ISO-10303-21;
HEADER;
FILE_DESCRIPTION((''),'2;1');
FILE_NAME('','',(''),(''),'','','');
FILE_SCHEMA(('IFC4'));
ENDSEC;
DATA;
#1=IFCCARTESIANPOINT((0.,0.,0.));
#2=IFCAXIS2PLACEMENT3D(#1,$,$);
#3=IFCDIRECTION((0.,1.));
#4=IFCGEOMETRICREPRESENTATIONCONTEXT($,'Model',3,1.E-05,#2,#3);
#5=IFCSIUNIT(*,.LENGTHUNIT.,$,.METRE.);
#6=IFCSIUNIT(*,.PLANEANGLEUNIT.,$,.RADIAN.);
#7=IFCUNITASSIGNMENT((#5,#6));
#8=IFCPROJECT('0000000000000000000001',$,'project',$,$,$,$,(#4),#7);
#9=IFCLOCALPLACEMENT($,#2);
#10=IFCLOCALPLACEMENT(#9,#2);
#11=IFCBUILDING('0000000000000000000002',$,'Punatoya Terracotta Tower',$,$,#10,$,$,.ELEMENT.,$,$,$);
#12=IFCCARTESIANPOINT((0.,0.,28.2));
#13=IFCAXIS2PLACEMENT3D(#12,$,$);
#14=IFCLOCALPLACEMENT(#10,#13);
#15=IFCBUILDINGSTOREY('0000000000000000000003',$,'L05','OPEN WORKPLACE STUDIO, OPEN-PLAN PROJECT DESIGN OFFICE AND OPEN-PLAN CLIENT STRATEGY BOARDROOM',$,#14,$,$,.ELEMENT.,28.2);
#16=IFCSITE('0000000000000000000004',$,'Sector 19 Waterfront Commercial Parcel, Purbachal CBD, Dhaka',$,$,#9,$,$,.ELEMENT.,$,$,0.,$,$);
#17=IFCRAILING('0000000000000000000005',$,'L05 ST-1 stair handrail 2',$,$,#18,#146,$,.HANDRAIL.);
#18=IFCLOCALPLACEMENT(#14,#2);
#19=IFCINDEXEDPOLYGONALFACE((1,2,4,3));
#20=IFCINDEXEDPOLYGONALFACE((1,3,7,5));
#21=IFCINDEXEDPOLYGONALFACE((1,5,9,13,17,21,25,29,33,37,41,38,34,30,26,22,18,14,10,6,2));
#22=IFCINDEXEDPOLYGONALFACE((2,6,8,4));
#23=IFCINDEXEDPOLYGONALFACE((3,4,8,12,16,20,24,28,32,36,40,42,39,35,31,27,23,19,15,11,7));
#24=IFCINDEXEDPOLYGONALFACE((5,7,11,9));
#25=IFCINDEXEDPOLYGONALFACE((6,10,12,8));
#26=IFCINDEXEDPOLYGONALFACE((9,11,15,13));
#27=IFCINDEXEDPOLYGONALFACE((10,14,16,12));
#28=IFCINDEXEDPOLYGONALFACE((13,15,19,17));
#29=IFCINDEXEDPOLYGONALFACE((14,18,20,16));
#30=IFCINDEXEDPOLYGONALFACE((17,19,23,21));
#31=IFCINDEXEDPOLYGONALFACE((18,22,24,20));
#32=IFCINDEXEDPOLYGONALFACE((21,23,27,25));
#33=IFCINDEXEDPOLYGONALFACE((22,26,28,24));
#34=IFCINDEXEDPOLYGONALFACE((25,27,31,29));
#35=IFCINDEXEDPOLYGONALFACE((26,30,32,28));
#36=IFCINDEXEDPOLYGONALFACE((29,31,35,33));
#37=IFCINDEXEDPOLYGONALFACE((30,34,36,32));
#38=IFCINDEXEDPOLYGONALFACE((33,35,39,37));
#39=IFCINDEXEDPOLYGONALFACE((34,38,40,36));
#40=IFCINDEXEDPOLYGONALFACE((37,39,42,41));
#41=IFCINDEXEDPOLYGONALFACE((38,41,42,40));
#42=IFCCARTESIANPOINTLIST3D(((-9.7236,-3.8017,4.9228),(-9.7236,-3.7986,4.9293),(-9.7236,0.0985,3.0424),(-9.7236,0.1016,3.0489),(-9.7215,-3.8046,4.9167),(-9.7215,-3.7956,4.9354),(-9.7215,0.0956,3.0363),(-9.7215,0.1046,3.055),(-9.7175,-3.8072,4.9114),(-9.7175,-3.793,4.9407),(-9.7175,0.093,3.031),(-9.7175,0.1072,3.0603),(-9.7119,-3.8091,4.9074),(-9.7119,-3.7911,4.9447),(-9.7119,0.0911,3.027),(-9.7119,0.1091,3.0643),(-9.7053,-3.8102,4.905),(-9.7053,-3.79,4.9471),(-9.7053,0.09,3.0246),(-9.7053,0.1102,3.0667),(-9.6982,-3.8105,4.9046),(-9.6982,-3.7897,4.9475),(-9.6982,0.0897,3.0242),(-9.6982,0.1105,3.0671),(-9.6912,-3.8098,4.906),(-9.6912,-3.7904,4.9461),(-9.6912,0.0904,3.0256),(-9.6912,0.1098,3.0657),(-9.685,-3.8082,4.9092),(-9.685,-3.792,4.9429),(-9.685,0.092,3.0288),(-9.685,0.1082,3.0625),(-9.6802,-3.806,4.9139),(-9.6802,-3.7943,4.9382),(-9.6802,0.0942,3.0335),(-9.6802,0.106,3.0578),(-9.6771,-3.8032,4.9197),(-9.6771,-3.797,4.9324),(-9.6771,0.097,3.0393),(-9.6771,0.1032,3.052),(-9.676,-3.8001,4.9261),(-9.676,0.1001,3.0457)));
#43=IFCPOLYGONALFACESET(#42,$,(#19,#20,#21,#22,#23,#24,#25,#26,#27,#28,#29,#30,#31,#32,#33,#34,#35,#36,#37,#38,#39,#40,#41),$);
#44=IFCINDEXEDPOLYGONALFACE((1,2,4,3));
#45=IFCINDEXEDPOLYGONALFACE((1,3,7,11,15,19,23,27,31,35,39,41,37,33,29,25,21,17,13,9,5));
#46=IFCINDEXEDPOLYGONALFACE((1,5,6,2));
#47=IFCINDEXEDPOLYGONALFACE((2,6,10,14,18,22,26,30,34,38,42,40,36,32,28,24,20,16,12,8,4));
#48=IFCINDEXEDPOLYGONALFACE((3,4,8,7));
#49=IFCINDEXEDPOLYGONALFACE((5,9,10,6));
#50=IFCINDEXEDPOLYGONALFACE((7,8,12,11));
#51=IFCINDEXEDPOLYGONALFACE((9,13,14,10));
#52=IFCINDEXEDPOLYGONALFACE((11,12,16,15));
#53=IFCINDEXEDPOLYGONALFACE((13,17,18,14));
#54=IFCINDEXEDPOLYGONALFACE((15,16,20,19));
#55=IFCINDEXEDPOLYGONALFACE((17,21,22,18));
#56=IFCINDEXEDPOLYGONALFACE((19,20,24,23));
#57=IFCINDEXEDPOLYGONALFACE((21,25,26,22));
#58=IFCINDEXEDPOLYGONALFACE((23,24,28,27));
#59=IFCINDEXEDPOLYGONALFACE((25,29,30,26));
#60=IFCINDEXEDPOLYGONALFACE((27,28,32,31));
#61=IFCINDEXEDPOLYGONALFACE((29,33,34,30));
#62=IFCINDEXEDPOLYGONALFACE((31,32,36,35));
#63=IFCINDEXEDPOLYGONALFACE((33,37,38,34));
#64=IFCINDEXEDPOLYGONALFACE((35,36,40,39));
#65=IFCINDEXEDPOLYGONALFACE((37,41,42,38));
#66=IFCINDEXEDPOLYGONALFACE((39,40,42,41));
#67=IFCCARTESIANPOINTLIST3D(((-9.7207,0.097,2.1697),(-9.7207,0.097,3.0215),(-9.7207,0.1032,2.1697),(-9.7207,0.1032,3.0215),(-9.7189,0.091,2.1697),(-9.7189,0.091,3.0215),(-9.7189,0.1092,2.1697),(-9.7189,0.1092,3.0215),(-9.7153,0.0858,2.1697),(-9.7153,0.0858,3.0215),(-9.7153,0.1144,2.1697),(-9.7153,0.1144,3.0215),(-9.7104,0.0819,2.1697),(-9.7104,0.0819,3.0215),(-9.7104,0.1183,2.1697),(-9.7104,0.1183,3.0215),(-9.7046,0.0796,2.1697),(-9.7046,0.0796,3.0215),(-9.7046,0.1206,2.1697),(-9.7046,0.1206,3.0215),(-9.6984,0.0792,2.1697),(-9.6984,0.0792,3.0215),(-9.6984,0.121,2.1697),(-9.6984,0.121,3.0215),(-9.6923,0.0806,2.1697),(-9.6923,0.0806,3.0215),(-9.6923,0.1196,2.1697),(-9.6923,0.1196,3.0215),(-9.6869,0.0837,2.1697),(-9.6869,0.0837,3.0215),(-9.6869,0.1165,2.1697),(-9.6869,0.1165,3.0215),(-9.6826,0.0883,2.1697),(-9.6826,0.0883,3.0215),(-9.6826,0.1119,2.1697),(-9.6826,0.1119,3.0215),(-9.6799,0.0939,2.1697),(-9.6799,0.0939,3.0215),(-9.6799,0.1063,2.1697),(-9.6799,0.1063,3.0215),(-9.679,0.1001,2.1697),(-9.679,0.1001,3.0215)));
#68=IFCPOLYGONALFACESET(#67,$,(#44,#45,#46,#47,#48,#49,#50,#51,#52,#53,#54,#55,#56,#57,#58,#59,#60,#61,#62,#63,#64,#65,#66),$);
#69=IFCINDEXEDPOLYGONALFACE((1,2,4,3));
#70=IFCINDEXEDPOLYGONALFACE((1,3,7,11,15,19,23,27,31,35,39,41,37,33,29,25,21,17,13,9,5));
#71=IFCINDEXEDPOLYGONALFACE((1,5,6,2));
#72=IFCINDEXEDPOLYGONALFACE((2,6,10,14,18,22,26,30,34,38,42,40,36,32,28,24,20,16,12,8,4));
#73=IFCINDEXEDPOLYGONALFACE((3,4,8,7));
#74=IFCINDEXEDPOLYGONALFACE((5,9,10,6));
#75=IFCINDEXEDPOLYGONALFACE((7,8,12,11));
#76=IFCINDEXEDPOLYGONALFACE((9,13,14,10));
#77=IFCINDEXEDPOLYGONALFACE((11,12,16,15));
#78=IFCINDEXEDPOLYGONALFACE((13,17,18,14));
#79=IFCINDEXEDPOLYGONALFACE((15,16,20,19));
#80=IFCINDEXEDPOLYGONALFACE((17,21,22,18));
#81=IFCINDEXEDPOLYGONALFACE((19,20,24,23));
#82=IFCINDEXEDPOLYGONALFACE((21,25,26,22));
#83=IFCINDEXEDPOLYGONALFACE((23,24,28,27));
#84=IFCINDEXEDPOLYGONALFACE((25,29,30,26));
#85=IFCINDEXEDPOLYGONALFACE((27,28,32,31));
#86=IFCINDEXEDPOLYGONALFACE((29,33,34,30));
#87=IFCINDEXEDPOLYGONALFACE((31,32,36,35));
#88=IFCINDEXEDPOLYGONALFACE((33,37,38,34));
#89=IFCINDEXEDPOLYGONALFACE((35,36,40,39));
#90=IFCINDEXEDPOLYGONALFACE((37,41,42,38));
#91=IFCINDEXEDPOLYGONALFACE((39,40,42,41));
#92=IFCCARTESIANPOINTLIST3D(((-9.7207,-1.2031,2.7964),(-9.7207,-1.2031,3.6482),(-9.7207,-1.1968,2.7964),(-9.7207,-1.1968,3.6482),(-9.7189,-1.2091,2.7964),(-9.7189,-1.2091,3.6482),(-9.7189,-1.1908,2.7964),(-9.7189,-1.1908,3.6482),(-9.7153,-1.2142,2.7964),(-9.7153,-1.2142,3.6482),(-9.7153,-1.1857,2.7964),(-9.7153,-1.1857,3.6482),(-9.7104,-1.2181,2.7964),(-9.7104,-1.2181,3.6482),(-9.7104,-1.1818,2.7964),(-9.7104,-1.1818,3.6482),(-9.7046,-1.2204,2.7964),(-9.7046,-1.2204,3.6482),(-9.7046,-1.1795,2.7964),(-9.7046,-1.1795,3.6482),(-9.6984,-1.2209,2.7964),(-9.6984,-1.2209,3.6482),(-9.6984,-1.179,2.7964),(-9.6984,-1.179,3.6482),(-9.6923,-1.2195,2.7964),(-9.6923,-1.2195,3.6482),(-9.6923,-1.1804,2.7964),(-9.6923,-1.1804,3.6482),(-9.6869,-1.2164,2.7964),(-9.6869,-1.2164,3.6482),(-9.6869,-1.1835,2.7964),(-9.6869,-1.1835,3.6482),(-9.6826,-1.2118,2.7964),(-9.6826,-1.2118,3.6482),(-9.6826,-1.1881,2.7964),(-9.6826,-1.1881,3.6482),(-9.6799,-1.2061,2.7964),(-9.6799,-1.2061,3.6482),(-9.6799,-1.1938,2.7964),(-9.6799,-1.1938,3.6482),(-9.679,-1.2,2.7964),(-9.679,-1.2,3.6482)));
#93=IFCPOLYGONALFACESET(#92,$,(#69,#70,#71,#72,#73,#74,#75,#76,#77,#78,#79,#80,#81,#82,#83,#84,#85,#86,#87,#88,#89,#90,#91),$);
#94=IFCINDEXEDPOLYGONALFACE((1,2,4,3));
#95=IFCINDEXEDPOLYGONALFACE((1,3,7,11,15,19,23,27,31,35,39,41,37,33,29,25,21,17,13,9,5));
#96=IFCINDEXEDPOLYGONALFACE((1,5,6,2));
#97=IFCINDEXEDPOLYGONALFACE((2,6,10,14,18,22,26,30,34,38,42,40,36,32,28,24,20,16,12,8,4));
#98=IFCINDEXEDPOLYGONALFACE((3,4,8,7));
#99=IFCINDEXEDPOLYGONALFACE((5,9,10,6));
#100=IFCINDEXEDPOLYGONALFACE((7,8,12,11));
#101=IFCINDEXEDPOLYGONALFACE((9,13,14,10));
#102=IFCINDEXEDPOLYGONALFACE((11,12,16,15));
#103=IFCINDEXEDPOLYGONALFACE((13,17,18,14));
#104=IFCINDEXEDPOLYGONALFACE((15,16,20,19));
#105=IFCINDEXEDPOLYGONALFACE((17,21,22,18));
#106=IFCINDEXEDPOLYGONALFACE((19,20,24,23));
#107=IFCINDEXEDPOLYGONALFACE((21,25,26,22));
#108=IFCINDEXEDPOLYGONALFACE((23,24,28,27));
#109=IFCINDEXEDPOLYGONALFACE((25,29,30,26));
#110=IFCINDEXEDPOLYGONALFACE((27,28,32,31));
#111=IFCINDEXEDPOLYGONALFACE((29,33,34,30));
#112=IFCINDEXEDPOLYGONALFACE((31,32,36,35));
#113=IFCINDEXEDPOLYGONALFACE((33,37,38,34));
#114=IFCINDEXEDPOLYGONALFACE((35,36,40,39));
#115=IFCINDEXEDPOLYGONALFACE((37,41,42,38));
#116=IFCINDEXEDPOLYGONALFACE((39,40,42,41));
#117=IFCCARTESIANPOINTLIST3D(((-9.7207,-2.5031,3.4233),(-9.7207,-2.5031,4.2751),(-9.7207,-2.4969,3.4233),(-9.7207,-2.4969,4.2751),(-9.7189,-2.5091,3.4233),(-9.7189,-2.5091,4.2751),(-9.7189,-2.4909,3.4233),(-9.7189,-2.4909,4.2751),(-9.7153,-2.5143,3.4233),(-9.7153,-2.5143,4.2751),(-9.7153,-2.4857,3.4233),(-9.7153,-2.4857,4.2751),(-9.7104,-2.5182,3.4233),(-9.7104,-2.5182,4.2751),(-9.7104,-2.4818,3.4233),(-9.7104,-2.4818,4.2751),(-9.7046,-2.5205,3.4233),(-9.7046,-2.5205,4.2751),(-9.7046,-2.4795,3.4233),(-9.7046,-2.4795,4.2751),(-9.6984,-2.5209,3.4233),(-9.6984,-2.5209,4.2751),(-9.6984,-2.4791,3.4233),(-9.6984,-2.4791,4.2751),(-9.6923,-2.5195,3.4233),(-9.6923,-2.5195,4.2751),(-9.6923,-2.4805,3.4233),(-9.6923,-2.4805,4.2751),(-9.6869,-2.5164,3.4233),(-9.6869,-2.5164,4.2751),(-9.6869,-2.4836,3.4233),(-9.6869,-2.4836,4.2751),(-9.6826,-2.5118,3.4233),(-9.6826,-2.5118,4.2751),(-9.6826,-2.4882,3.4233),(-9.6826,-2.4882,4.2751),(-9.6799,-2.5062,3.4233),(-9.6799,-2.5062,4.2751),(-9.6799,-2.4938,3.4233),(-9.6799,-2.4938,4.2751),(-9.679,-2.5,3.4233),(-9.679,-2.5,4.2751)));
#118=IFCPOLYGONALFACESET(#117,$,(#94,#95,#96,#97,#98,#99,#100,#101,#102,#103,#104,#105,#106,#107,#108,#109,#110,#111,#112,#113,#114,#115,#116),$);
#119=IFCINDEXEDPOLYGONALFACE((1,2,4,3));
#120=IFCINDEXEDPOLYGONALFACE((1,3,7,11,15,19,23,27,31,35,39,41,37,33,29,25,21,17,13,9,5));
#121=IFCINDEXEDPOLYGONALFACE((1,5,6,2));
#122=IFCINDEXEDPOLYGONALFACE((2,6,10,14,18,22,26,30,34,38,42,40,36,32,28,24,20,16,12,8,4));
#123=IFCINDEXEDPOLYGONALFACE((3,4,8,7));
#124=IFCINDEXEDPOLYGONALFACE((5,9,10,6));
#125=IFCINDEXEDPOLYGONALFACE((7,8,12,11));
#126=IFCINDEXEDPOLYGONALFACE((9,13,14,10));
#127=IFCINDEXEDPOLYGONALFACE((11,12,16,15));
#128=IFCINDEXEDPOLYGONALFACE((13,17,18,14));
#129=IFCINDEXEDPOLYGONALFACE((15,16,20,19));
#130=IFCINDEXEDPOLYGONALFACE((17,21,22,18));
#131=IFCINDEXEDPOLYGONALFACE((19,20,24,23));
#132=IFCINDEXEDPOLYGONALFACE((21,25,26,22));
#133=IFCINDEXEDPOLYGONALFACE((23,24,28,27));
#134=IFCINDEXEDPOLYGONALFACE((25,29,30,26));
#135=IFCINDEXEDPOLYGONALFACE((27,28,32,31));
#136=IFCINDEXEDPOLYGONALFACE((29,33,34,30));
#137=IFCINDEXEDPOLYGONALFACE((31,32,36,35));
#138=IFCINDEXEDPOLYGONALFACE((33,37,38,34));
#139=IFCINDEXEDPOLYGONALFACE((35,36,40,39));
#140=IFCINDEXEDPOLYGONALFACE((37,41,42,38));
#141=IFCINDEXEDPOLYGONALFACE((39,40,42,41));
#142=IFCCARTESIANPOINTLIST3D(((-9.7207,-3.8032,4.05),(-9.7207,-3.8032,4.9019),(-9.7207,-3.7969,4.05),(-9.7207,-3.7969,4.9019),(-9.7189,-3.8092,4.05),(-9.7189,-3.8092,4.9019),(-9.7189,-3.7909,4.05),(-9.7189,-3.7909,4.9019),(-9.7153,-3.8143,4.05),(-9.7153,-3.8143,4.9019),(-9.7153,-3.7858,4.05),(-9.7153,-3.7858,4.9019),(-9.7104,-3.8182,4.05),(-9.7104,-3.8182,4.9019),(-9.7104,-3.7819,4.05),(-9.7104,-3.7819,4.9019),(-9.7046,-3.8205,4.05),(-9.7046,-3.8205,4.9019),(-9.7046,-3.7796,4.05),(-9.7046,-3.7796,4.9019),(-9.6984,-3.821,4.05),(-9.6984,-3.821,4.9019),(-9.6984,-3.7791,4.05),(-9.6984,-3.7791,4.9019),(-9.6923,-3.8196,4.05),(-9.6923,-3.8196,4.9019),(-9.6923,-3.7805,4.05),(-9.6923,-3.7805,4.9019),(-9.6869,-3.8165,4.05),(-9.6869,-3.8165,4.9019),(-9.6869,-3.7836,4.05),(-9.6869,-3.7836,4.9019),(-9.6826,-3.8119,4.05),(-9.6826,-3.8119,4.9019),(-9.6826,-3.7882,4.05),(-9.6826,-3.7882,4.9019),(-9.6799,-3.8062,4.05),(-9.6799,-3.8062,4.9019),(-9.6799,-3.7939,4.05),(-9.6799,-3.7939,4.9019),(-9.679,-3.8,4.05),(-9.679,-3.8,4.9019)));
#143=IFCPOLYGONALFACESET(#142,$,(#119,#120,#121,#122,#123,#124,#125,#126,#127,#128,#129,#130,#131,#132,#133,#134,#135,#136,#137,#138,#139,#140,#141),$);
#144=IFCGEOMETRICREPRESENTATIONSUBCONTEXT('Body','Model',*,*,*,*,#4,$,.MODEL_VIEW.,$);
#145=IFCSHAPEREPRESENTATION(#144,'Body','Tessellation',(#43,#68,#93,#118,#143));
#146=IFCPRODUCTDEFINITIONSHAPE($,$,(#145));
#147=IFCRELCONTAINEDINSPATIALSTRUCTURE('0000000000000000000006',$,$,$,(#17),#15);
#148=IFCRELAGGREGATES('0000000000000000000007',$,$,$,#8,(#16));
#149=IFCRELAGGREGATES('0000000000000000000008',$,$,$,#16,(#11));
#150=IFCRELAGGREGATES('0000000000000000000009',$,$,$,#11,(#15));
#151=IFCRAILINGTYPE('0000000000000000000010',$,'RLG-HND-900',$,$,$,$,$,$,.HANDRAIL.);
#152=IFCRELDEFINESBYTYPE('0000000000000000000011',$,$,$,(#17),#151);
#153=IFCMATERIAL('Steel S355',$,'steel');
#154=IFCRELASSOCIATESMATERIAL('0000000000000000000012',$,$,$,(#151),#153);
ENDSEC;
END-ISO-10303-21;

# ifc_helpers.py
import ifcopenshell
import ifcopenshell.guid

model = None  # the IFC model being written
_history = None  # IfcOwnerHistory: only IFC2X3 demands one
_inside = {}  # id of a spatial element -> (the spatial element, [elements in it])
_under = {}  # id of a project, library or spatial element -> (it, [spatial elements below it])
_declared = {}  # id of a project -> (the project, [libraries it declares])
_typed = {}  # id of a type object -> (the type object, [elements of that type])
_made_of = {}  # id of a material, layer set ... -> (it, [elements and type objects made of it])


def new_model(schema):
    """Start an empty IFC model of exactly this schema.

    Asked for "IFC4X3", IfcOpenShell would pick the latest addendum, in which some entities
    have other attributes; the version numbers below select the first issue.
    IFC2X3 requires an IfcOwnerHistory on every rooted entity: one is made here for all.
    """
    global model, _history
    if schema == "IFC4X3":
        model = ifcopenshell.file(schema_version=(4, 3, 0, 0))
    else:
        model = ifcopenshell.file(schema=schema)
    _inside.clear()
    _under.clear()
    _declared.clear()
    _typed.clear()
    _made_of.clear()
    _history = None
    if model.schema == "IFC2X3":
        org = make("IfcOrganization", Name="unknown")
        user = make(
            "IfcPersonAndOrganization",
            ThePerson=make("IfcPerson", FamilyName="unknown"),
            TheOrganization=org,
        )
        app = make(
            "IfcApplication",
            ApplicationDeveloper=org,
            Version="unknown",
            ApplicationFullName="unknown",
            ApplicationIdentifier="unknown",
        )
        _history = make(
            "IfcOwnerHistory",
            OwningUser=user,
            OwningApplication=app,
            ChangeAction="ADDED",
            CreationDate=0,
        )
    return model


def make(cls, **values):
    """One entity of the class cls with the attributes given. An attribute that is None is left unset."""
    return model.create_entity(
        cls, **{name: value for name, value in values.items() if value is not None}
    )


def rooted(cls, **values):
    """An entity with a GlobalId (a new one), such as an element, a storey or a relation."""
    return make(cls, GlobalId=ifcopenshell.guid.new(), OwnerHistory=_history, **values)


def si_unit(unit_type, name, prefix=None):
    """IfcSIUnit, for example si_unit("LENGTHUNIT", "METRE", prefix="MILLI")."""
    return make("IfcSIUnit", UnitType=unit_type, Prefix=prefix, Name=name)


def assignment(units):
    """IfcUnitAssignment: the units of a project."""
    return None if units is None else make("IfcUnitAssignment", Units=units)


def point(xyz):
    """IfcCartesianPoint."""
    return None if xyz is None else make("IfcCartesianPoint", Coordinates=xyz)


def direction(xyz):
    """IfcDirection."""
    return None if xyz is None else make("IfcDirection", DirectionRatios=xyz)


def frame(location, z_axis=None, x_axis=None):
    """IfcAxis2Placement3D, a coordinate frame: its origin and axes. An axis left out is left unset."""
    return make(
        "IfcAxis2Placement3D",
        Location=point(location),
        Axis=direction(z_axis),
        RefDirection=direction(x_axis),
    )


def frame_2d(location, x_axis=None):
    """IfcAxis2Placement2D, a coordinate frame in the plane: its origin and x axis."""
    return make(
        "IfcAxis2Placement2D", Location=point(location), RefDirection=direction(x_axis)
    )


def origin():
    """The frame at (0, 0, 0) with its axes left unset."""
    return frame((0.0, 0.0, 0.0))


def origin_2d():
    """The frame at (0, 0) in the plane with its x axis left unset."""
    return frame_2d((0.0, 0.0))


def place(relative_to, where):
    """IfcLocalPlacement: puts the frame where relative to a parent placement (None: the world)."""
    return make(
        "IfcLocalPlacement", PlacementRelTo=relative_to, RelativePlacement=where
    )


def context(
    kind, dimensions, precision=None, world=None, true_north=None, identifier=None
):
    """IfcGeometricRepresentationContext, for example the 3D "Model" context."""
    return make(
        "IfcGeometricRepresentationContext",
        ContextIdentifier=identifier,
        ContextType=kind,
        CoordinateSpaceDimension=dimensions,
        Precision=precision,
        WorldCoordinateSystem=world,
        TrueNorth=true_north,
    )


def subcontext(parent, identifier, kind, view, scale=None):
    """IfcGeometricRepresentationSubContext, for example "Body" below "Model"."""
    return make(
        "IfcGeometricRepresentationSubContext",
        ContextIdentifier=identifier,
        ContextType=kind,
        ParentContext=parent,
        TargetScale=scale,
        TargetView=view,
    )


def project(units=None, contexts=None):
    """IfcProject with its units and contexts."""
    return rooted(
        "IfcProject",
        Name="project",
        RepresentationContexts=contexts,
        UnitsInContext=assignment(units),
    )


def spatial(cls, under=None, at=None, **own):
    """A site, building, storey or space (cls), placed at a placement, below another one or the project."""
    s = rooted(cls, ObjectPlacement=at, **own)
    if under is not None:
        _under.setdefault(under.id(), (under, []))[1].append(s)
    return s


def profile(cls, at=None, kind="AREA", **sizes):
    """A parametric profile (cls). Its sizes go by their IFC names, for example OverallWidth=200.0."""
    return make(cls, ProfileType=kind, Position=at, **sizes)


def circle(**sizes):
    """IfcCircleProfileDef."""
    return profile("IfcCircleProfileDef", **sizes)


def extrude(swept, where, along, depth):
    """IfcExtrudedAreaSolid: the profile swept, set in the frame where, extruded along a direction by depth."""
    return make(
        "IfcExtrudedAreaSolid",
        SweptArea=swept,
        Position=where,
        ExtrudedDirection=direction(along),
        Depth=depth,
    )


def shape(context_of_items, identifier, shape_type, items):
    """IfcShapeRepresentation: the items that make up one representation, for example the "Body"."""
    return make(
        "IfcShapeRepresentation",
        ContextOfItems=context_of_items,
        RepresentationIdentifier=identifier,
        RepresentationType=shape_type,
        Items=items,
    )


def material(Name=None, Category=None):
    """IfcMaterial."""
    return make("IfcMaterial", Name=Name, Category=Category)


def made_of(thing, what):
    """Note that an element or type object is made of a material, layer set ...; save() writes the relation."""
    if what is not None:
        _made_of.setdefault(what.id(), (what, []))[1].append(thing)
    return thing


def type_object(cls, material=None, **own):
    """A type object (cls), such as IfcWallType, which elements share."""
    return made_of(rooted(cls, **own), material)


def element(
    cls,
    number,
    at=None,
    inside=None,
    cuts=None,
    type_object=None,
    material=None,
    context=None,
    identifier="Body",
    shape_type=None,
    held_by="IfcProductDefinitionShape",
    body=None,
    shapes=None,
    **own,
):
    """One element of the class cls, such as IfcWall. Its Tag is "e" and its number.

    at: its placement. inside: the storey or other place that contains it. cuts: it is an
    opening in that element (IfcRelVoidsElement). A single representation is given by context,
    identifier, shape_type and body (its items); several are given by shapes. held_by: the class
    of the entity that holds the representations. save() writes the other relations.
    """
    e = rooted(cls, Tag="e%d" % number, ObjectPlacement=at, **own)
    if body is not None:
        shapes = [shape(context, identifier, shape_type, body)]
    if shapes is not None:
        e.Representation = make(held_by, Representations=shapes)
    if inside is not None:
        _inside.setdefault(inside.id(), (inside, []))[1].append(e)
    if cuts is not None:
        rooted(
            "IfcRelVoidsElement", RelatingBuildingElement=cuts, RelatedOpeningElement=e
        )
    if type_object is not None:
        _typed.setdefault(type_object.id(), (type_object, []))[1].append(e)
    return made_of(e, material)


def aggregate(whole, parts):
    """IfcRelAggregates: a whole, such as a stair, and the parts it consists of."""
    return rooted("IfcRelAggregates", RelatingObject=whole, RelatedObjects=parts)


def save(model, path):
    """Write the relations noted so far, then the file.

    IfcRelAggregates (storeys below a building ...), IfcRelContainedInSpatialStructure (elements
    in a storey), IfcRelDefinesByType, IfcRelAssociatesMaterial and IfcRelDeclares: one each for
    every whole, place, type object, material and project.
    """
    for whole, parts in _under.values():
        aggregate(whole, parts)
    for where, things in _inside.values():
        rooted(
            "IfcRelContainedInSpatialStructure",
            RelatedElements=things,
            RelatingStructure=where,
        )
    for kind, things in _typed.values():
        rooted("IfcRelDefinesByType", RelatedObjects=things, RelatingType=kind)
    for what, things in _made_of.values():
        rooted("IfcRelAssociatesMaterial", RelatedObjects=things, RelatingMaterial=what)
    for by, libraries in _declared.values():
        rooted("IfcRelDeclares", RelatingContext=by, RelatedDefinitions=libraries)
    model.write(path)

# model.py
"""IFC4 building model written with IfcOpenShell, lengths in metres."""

from ifc_helpers import new_model, si_unit, direction, frame, origin, origin_2d, place, context, subcontext, project, spatial, circle, extrude, material, type_object, element, save


model = new_model("IFC4")

# Units and contexts
model_context = context("Model", 3, precision=1e-05, world=origin(), true_north=direction((0.0, 1.0)))
body_context = subcontext(model_context, "Body", "Model", "MODEL_VIEW")
ifc_project = project(units=[si_unit("LENGTHUNIT", "METRE"), si_unit("PLANEANGLEUNIT", "RADIAN")], contexts=[model_context])

# Site, building, storey
site_placement = place(None, origin())
site = spatial("IfcSite", under=ifc_project, at=site_placement, Name="Sector 19 Waterfront Commercial Parcel, Purbachal CBD, Dhaka", CompositionType="ELEMENT", RefElevation=0.0)
building_placement = place(site_placement, origin())
building = spatial("IfcBuilding", under=site, at=building_placement, Name="Punatoya Terracotta Tower", CompositionType="ELEMENT")
storey_placement = place(building_placement, frame((0.0, 0.0, 28.2)))
storey = spatial("IfcBuildingStorey", under=building, at=storey_placement, Name="L05", Description="OPEN WORKPLACE STUDIO, OPEN-PLAN PROJECT DESIGN OFFICE AND OPEN-PLAN CLIENT STRATEGY BOARDROOM", CompositionType="ELEMENT", Elevation=28.2)

# Shared definitions
ifc_material_1 = material(Name="Steel S355", Category="steel")

# Railing
railing_type_1 = type_object("IfcRailingType", Name="RLG-HND-900", PredefinedType="HANDRAIL", material=ifc_material_1)
railing_1_placement = place(storey_placement, frame((-9.7, 0.1001, 2.1697)))
element("IfcRailing", 1, at=railing_1_placement, inside=storey, type_object=railing_type_1, Name="L05 ST-1 stair handrail 2", PredefinedType="HANDRAIL", context=body_context, shape_type="SweptSolid", body=[
    extrude(circle(Radius=0.0239, at=origin_2d()), frame((0.0, 0.0, 0.876), z_axis=(0.0, -0.900774, 0.434289), x_axis=(1.0, 0.0, 0.0)), (0.0, 0.0, 1.0), 4.3298),
    extrude(circle(Radius=0.021, at=origin_2d()), origin(), (0.0, 0.0, 1.0), 0.8518),
    extrude(circle(Radius=0.021, at=origin_2d()), frame((0.0, -1.3, 0.6267)), (0.0, 0.0, 1.0), 0.8518),
    extrude(circle(Radius=0.021, at=origin_2d()), frame((0.0, -2.6001, 1.2537)), (0.0, 0.0, 1.0), 0.8518),
    extrude(circle(Radius=0.021, at=origin_2d()), frame((0.0, -3.9001, 1.8804)), (0.0, 0.0, 1.0), 0.8518),
])

save(model, "model.ifc")
